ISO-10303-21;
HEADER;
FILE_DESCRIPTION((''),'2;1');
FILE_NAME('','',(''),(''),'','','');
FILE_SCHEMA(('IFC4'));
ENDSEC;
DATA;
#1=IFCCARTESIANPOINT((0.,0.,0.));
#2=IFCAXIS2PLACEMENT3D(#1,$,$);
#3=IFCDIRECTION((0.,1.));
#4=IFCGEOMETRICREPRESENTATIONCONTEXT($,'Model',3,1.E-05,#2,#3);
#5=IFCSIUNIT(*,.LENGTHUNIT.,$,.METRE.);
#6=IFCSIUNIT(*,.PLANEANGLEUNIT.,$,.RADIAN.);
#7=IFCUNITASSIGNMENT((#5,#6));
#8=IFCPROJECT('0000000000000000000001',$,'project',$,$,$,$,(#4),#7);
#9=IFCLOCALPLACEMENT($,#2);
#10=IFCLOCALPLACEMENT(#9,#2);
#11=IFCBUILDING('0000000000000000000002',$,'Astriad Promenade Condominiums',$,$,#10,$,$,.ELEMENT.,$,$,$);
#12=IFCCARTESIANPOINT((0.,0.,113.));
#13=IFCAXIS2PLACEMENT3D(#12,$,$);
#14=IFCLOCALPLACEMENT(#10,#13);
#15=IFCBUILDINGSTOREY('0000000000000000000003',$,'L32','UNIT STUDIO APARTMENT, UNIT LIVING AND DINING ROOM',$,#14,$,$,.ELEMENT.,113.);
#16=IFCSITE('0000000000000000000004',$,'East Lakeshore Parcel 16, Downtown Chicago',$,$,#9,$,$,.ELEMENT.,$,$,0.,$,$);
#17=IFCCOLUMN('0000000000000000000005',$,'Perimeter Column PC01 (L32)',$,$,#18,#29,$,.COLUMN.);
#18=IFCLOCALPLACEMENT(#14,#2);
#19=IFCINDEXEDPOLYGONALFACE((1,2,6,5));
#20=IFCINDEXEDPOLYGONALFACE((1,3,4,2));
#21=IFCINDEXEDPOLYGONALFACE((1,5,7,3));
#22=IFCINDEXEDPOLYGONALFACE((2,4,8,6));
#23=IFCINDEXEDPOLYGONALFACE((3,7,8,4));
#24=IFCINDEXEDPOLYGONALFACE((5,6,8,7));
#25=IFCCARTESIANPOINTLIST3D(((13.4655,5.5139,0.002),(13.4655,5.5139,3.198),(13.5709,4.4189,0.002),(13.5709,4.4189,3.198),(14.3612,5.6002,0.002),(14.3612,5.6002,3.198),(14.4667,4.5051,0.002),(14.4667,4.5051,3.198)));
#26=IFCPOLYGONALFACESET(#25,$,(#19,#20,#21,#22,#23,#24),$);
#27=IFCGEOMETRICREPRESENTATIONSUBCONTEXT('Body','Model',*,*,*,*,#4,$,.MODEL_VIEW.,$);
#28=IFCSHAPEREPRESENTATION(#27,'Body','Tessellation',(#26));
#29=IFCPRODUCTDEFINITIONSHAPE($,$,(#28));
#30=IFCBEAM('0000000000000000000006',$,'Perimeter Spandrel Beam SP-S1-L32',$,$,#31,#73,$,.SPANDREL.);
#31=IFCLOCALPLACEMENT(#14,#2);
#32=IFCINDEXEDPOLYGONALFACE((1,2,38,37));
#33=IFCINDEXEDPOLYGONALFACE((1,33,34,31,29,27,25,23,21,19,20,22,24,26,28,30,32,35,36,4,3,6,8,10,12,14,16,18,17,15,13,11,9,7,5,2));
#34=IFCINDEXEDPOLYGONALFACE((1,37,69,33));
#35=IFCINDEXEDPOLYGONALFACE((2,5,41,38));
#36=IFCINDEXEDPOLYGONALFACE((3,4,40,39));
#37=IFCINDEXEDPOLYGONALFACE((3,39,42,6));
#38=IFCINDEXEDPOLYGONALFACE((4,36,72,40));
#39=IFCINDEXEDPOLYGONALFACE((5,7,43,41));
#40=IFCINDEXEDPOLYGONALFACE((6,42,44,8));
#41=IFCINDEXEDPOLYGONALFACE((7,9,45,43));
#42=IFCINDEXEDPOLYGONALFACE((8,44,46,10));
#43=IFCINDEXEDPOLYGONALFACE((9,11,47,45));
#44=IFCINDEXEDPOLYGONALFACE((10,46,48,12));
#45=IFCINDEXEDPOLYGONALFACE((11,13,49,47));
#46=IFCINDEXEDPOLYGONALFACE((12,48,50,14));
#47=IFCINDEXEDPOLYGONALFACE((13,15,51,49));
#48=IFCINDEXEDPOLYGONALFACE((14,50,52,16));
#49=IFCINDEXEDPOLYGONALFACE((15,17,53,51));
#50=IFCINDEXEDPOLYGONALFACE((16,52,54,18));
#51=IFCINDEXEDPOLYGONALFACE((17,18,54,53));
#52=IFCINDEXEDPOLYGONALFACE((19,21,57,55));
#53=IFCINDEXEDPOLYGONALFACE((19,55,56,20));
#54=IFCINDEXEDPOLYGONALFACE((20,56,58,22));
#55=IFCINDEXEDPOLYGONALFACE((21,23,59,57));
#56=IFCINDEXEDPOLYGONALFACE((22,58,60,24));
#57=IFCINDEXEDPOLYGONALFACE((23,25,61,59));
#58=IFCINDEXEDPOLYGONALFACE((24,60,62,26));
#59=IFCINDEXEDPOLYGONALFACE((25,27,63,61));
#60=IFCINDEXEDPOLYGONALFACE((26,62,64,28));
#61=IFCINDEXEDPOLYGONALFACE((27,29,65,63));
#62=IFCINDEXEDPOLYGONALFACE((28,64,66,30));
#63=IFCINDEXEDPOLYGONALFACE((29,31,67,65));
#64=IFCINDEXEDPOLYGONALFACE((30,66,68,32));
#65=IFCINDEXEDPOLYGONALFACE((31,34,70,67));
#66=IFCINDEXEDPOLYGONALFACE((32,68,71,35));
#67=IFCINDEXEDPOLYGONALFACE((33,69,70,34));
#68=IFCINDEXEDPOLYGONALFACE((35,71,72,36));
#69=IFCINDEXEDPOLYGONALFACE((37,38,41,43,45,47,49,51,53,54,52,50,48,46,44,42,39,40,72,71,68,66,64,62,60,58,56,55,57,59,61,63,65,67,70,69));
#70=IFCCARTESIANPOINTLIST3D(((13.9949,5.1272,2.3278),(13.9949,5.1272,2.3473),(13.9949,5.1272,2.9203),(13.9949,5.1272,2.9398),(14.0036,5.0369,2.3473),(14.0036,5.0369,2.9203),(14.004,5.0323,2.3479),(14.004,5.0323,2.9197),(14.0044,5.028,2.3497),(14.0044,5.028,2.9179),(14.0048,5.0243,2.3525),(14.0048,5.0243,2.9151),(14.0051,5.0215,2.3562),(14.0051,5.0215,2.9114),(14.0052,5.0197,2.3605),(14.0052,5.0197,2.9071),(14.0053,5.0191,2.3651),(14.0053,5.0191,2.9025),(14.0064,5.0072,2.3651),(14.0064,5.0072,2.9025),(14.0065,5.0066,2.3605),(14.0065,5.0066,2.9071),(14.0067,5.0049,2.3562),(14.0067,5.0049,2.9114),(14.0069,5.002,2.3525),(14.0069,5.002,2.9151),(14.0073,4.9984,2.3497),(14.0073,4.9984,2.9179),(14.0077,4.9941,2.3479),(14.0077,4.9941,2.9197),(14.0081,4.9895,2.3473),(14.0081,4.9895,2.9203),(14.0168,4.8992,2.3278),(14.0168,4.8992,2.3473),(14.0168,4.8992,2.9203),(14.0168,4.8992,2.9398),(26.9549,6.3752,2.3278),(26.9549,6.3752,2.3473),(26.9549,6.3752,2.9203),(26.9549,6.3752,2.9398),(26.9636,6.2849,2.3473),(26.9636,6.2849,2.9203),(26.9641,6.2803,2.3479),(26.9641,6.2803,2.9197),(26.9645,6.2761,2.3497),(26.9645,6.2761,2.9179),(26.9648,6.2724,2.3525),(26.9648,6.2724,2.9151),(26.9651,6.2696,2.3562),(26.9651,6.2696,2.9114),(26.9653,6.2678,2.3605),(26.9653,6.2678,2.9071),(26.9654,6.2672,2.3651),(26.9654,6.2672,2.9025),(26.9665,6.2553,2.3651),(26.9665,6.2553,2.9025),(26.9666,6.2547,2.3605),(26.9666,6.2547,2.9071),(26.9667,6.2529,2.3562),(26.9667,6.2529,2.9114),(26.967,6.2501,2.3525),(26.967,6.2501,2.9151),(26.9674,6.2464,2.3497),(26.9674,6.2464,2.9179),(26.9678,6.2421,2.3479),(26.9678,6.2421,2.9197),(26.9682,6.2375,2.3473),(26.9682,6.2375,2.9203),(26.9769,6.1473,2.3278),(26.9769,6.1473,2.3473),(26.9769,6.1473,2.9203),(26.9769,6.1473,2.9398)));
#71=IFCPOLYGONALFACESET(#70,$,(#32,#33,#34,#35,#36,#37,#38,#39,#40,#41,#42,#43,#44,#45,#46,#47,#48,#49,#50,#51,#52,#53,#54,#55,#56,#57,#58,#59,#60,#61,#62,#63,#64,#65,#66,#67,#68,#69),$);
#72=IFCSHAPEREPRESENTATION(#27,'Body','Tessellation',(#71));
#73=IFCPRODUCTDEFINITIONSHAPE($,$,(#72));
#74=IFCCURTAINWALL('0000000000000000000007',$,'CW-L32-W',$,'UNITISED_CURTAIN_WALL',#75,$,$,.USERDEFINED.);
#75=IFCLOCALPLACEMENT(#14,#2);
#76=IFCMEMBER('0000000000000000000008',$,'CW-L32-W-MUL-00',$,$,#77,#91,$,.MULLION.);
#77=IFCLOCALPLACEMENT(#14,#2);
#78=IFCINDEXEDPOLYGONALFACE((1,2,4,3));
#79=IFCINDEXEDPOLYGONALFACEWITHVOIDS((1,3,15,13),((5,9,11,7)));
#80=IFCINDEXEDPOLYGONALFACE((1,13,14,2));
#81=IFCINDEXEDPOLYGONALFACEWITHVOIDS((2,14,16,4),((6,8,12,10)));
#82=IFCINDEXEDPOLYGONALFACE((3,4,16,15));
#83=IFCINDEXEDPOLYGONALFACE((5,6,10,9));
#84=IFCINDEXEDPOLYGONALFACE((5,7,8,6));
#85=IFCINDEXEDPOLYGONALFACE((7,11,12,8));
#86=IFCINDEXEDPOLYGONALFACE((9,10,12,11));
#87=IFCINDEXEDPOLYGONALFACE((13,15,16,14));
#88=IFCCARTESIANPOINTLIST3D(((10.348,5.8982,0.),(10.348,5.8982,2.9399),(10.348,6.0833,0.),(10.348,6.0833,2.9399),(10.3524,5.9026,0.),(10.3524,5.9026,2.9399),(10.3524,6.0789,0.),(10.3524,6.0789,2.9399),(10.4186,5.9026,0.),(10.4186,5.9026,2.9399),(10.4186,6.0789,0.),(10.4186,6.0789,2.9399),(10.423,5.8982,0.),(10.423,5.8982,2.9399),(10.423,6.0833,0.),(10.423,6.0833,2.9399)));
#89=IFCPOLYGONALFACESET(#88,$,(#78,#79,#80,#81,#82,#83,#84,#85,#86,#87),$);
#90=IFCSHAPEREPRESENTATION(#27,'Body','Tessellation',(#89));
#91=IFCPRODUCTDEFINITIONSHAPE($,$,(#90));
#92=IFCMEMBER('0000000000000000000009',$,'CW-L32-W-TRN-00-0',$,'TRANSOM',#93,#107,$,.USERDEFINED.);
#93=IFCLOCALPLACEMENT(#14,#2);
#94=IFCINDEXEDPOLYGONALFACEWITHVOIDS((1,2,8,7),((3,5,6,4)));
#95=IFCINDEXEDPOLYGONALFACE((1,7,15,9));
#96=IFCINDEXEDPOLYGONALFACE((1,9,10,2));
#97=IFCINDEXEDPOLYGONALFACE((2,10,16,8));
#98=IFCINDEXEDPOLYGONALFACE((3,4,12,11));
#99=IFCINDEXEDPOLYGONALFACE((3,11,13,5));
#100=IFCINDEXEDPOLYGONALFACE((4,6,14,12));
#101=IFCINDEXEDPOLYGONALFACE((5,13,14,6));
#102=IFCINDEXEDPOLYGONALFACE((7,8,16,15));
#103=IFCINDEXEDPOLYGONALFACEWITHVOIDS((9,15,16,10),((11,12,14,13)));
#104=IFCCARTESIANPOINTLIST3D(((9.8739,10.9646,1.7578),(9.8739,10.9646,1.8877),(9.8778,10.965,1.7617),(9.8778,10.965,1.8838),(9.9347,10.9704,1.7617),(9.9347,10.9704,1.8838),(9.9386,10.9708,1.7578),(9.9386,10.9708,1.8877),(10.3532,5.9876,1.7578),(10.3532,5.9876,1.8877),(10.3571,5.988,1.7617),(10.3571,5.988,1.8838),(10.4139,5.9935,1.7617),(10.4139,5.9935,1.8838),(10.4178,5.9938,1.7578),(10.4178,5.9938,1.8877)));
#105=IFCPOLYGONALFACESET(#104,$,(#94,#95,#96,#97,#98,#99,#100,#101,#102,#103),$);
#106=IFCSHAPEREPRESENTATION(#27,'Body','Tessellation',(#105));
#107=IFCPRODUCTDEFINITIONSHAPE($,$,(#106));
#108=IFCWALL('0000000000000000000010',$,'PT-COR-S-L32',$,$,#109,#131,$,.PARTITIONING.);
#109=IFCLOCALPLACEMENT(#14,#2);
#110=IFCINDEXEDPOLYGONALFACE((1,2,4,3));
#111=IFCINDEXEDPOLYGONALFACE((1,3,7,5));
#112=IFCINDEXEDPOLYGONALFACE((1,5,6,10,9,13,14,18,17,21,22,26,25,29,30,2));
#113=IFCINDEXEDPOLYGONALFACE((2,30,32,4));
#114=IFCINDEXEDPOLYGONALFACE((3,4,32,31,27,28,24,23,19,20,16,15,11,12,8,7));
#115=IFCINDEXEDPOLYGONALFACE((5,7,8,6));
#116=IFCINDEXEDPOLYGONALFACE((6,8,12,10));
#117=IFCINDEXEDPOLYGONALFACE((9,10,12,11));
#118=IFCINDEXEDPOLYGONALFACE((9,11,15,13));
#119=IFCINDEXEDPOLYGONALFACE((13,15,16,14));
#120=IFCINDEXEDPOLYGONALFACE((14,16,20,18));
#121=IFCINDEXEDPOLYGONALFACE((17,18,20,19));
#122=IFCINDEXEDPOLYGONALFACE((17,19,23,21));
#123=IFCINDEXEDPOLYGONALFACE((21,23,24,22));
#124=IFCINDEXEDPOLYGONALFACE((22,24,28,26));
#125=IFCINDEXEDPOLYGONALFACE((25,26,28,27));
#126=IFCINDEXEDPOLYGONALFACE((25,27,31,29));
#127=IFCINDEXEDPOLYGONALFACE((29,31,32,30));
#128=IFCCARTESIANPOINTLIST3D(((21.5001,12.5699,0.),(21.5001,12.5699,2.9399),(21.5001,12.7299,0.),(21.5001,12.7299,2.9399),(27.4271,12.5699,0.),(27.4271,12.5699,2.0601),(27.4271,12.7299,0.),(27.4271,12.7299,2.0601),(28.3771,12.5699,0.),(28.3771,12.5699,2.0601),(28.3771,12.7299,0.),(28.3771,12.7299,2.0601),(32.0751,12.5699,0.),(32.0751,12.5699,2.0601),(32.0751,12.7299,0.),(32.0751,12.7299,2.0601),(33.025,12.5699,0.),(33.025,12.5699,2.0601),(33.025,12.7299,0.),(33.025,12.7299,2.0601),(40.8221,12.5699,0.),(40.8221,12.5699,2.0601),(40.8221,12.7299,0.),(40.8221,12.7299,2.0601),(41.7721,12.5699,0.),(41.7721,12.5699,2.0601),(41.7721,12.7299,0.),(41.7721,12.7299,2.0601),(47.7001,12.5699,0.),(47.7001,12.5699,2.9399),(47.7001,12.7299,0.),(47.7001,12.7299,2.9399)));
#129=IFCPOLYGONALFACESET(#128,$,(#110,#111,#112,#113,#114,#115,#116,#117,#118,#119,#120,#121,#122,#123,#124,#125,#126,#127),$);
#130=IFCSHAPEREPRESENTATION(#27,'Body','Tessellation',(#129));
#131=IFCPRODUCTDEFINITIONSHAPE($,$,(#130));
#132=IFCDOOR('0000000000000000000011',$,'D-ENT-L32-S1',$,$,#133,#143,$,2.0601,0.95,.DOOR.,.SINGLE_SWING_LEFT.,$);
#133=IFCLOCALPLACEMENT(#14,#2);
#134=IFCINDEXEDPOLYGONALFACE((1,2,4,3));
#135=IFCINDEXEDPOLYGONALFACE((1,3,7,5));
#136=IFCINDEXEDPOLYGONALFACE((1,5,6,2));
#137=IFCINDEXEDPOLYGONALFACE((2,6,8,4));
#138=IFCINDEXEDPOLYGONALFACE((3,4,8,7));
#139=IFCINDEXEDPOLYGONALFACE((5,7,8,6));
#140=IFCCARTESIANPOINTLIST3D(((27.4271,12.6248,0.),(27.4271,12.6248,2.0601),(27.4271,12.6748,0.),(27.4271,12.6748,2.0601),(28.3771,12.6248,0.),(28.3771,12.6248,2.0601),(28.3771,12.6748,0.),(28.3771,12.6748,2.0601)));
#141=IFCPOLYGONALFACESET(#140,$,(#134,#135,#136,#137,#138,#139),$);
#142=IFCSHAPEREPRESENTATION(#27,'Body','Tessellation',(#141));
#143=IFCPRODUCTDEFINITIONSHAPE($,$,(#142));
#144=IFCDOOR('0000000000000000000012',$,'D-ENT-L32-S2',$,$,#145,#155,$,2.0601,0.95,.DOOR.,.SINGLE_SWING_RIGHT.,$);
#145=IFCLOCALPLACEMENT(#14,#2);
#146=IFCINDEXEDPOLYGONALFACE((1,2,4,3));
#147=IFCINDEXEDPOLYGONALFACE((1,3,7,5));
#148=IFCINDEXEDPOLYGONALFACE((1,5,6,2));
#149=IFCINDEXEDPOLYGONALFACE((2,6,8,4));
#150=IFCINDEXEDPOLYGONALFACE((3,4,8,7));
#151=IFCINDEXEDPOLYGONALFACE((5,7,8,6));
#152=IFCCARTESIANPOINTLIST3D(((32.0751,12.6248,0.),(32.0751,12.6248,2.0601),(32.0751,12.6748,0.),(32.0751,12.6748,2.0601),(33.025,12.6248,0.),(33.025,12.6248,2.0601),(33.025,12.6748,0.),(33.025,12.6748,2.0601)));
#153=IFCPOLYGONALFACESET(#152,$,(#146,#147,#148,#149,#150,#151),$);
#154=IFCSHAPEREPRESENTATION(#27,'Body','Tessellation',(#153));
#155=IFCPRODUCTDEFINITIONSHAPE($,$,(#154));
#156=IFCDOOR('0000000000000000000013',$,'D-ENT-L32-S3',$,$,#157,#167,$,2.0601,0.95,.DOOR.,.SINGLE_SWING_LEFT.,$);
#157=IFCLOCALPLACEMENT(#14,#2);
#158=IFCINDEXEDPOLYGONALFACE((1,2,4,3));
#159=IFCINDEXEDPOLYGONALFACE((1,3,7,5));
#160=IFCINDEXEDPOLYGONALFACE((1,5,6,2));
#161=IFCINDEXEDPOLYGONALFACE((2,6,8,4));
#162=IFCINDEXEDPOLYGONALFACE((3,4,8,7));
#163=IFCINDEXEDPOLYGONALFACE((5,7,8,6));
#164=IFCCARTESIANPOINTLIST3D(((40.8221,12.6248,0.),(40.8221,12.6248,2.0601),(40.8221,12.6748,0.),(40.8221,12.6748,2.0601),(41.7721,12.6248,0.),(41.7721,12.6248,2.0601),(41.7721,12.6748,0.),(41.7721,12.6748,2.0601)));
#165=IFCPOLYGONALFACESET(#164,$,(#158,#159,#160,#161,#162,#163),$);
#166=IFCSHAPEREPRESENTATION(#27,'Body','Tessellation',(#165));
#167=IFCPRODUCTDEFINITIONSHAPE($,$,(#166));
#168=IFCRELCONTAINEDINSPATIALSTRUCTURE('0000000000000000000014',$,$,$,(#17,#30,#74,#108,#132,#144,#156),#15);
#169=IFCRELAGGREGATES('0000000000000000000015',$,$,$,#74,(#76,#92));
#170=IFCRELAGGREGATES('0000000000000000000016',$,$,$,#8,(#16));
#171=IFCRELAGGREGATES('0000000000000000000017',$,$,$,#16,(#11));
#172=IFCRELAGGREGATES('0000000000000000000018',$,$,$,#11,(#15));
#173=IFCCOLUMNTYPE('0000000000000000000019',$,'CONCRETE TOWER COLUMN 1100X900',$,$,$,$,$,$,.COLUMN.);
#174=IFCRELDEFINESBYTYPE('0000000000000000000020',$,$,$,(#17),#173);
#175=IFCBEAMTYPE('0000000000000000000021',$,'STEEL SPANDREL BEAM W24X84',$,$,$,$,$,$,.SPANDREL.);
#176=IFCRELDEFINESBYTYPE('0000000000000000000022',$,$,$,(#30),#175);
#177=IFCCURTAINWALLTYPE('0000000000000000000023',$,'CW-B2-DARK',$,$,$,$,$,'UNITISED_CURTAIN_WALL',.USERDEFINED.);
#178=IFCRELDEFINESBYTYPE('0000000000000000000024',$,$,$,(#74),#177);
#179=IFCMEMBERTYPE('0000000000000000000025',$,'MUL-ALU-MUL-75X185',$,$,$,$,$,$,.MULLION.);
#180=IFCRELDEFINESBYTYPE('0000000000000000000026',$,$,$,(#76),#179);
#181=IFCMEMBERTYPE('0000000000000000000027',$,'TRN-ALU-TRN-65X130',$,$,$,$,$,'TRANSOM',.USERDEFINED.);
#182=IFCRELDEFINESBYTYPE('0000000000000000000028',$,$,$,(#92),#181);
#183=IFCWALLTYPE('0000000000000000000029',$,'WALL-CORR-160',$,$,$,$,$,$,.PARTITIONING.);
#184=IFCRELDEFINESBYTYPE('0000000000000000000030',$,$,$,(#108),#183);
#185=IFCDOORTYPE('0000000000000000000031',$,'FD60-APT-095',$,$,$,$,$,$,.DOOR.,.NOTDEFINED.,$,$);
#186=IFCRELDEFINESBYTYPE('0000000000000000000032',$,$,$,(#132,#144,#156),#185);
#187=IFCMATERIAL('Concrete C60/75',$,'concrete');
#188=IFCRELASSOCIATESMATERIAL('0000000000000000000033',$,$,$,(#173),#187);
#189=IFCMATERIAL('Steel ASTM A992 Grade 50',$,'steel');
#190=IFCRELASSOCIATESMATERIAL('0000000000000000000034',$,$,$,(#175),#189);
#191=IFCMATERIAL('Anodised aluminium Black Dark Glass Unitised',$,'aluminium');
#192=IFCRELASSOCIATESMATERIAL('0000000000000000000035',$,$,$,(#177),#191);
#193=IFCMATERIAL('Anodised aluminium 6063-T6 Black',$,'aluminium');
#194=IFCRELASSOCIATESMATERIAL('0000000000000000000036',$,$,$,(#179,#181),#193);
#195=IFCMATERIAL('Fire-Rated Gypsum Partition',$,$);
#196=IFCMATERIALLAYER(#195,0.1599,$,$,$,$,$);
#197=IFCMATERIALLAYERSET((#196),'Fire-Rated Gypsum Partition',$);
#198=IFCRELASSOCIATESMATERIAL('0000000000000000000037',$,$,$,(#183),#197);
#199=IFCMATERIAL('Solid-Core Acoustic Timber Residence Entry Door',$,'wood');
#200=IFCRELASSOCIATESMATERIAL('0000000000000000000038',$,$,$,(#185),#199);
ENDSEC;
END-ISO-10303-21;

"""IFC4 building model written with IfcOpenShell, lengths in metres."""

from ifc_helpers import new_model, si_unit, direction, frame, frame_2d, origin, origin_2d, place, context, subcontext, project, spatial, rectangle, hollow_rectangle, i_section, extrude, source, transform, mapped, material, layer, layer_set, material_profile, profile_set, type_object, type_shapes, element, fill, aggregate, save


model = new_model("IFC4")

# Units and contexts
model_context = context("Model", 3, precision=1e-05, world=origin(), true_north=direction((0.0, 1.0)))
body_context = subcontext(model_context, "Body", "Model", "MODEL_VIEW")
ifc_project = project(units=[si_unit("LENGTHUNIT", "METRE"), si_unit("PLANEANGLEUNIT", "RADIAN")], contexts=[model_context])

# Site, building, storey
site_placement = place(None, origin())
site = spatial("IfcSite", under=ifc_project, at=site_placement, Name="East Lakeshore Parcel 16, Downtown Chicago", CompositionType="ELEMENT", RefElevation=0.0)
building_placement = place(site_placement, origin())
building = spatial("IfcBuilding", under=site, at=building_placement, Name="Astriad Promenade Condominiums", CompositionType="ELEMENT")
storey_placement = place(building_placement, frame((0.0, 0.0, 113.0)))
storey = spatial("IfcBuildingStorey", under=building, at=storey_placement, Name="L32", Description="UNIT STUDIO APARTMENT, UNIT LIVING AND DINING ROOM", CompositionType="ELEMENT", Elevation=113.0)

# Column
ifc_material_1 = material(Name="Concrete C60/75", Category="concrete")
ifc_material_profile_1 = material_profile(ifc_material_1, rectangle(XDim=0.8999, YDim=1.1001, at=origin_2d()), Name="RC-COL-1100X900")
ifc_profile_set_1 = profile_set([ifc_material_profile_1], Name="Concrete C60/75")
column_type = type_object("IfcColumnType", Name="CONCRETE TOWER COLUMN 1100X900", PredefinedType="COLUMN", material=ifc_profile_set_1)
shared_shape_1 = source(origin(), body_context, "Body", "SweptSolid", [
    extrude(rectangle(XDim=0.8999, YDim=1.1001, at=origin_2d()), origin(), (0.0, 0.0, 1.0), 3.196),
])
type_shapes(column_type, [shared_shape_1])
column_placement = place(storey_placement, frame((13.9661, 5.0095, 0.002), z_axis=(0.0, 0.0, 1.0), x_axis=(0.995396, 0.095846, 0.0)))
element("IfcColumn", 1, at=column_placement, inside=storey, type_object=column_type, Name="Perimeter Column PC01 (L32)", PredefinedType="COLUMN", context=body_context, shape_type="MappedRepresentation", body=[
    mapped(shared_shape_1, transform((0.0, 0.0, 0.0), scale=1.0)),
])

# Beam
ifc_material_2 = material(Name="Steel ASTM A992 Grade 50", Category="steel")
ifc_material_profile_2 = material_profile(ifc_material_2, i_section(OverallWidth=0.229, OverallDepth=0.6121, WebThickness=0.012, FlangeThickness=0.0195, FilletRadius=0.0178, at=origin_2d()), Name="W24X84")
ifc_profile_set_2 = profile_set([ifc_material_profile_2], Name="Steel ASTM A992 Grade 50")
beam_type = type_object("IfcBeamType", Name="STEEL SPANDREL BEAM W24X84", PredefinedType="SPANDREL", material=ifc_profile_set_2)
shared_shape_2 = source(origin(), body_context, "Body", "SweptSolid", [
    extrude(i_section(OverallWidth=0.229, OverallDepth=0.6121, WebThickness=0.012, FlangeThickness=0.0195, FilletRadius=0.0178, at=origin_2d()), origin(), (0.0, 0.0, 1.0), 13.02),
])
type_shapes(beam_type, [shared_shape_2])
beam_placement = place(storey_placement, frame((14.0059, 5.0132, 2.6338), z_axis=(0.995395, 0.095857, 0.0), x_axis=(-0.095857, 0.995395, 0.0)))
element("IfcBeam", 2, at=beam_placement, inside=storey, type_object=beam_type, Name="Perimeter Spandrel Beam SP-S1-L32", PredefinedType="SPANDREL", context=body_context, shape_type="MappedRepresentation", body=[
    mapped(shared_shape_2, transform((0.0, 0.0, 0.0), scale=1.0)),
])

# Curtain wall, members
ifc_material_3 = material(Name="Anodised aluminium Black Dark Glass Unitised", Category="aluminium")
curtain_wall_type = type_object("IfcCurtainWallType", Name="CW-B2-DARK", ElementType="UNITISED_CURTAIN_WALL", PredefinedType="USERDEFINED", material=ifc_material_3)
curtain_wall_placement = place(storey_placement, origin())
curtain_wall = element("IfcCurtainWall", 3, at=curtain_wall_placement, inside=storey, type_object=curtain_wall_type, Name="CW-L32-W", ObjectType="UNITISED_CURTAIN_WALL", PredefinedType="USERDEFINED")
ifc_material_4 = material(Name="Anodised aluminium 6063-T6 Black", Category="aluminium")
ifc_material_profile_3 = material_profile(ifc_material_4, hollow_rectangle(XDim=0.075, YDim=0.1851, WallThickness=0.0044, at=origin_2d()), Name="ALU-MUL-75X185")
ifc_profile_set_3 = profile_set([ifc_material_profile_3], Name="Anodised aluminium 6063-T6 Black")
member_type_1 = type_object("IfcMemberType", Name="MUL-ALU-MUL-75X185", PredefinedType="MULLION", material=ifc_profile_set_3)
shared_shape_3 = source(origin(), body_context, "Body", "SweptSolid", [
    extrude(hollow_rectangle(XDim=0.075, YDim=0.1851, WallThickness=0.0044, at=origin_2d()), origin(), (0.0, 0.0, 1.0), 2.9399),
])
type_shapes(member_type_1, [shared_shape_3])
member_1_placement = place(storey_placement, frame((10.3855, 5.9907, 0.0), z_axis=(0.0, 0.0, 1.0), x_axis=(1.0, 0.0, 0.0)))
member_1 = element("IfcMember", 4, at=member_1_placement, type_object=member_type_1, Name="CW-L32-W-MUL-00", PredefinedType="MULLION", context=body_context, shape_type="MappedRepresentation", body=[
    mapped(shared_shape_3, transform((0.0, 0.0, 0.0), scale=1.0)),
])
ifc_material_profile_4 = material_profile(ifc_material_4, hollow_rectangle(XDim=0.0649, YDim=0.1299, WallThickness=0.0039, at=origin_2d()), Name="ALU-TRN-65X130")
ifc_profile_set_4 = profile_set([ifc_material_profile_4], Name="Anodised aluminium 6063-T6 Black")
member_type_2 = type_object("IfcMemberType", Name="TRN-ALU-TRN-65X130", ElementType="TRANSOM", PredefinedType="USERDEFINED", material=ifc_profile_set_4)
shared_shape_4 = source(origin(), body_context, "Body", "SweptSolid", [
    extrude(hollow_rectangle(XDim=0.0649, YDim=0.1299, WallThickness=0.0039, at=origin_2d()), origin(), (0.0, 0.0, 1.0), 5.0),
])
type_shapes(member_type_2, [shared_shape_4])
member_2_placement = place(storey_placement, frame((10.3855, 5.9907, 1.8228), z_axis=(-0.095848, 0.995396, 0.0), x_axis=(-0.995396, -0.095848, 0.0)))
member_2 = element("IfcMember", 5, at=member_2_placement, type_object=member_type_2, Name="CW-L32-W-TRN-00-0", ObjectType="TRANSOM", PredefinedType="USERDEFINED", context=body_context, shape_type="MappedRepresentation", body=[
    mapped(shared_shape_4, transform((0.0, 0.0, 0.0), scale=1.0)),
])
aggregate(curtain_wall, [member_1, member_2])

# Wall, openings, doors
ifc_material_5 = material(Name="Fire-Rated Gypsum Partition")
ifc_layer_1 = layer(ifc_material_5, 0.1599)
ifc_layer_set_1 = layer_set([ifc_layer_1], Name="Fire-Rated Gypsum Partition")
wall_type_1 = type_object("IfcWallType", Name="WALL-CORR-160", PredefinedType="PARTITIONING", material=ifc_layer_set_1)
wall_1_placement = place(storey_placement, frame((21.5, 12.6499, 0.0), z_axis=(0.0, 0.0, 1.0), x_axis=(1.0, 0.0, 0.0)))
wall_1 = element("IfcWall", 6, at=wall_1_placement, inside=storey, type_object=wall_type_1, Name="PT-COR-S-L32", PredefinedType="PARTITIONING", context=body_context, shape_type="SweptSolid", body=[
    extrude(rectangle(XDim=26.2, YDim=0.1599, at=frame_2d((13.1001, 0.0))), origin(), (0.0, 0.0, 1.0), 2.9399),
])
opening_1_placement = place(wall_1_placement, frame((5.927, 0.0, 0.0)))
opening_1 = element("IfcOpeningElement", 7, at=opening_1_placement, cuts=wall_1, PredefinedType="OPENING", context=body_context, shape_type="SweptSolid", body=[
    extrude(rectangle(XDim=0.95, YDim=2.0601, at=frame_2d((0.4751, 1.03))), frame((0.0, 0.0898, 0.0), z_axis=(0.0, -1.0, 0.0), x_axis=(1.0, 0.0, 0.0)), (0.0, 0.0, 1.0), 0.1799),
])
opening_2_placement = place(wall_1_placement, frame((10.575, 0.0, 0.0)))
opening_2 = element("IfcOpeningElement", 8, at=opening_2_placement, cuts=wall_1, PredefinedType="OPENING", context=body_context, shape_type="SweptSolid", body=[
    extrude(rectangle(XDim=0.95, YDim=2.0601, at=frame_2d((0.4751, 1.03))), frame((0.0, 0.0898, 0.0), z_axis=(0.0, -1.0, 0.0), x_axis=(1.0, 0.0, 0.0)), (0.0, 0.0, 1.0), 0.1799),
])
opening_3_placement = place(wall_1_placement, frame((19.322, 0.0, 0.0)))
opening_3 = element("IfcOpeningElement", 9, at=opening_3_placement, cuts=wall_1, PredefinedType="OPENING", context=body_context, shape_type="SweptSolid", body=[
    extrude(rectangle(XDim=0.95, YDim=2.0601, at=frame_2d((0.4751, 1.03))), frame((0.0, 0.0898, 0.0), z_axis=(0.0, -1.0, 0.0), x_axis=(1.0, 0.0, 0.0)), (0.0, 0.0, 1.0), 0.1799),
])
ifc_material_6 = material(Name="Solid-Core Acoustic Timber Residence Entry Door", Category="wood")
door_type_1 = type_object("IfcDoorType", Name="FD60-APT-095", OperationType="NOTDEFINED", PredefinedType="DOOR", material=ifc_material_6)
shared_shape_5 = source(origin(), body_context, "Body", "SweptSolid", [
    extrude(rectangle(XDim=0.95, YDim=2.0601, at=frame_2d((0.4751, 1.03))), frame((0.0, 0.0249, 0.0), z_axis=(0.0, -1.0, 0.0), x_axis=(1.0, 0.0, 0.0)), (0.0, 0.0, 1.0), 0.05),
])
type_shapes(door_type_1, [shared_shape_5])
door_1_placement = place(opening_1_placement, origin())
door_1 = element("IfcDoor", 10, at=door_1_placement, inside=storey, type_object=door_type_1, Name="D-ENT-L32-S1", OperationType="SINGLE_SWING_LEFT", OverallHeight=2.0601, OverallWidth=0.95, PredefinedType="DOOR", context=body_context, shape_type="MappedRepresentation", body=[
    mapped(shared_shape_5, transform((0.0, 0.0, 0.0), scale=1.0)),
])
fill(opening_1, door_1)
door_2_placement = place(opening_2_placement, origin())
door_2 = element("IfcDoor", 11, at=door_2_placement, inside=storey, type_object=door_type_1, Name="D-ENT-L32-S2", OperationType="SINGLE_SWING_RIGHT", OverallHeight=2.0601, OverallWidth=0.95, PredefinedType="DOOR", context=body_context, shape_type="MappedRepresentation", body=[
    mapped(shared_shape_5, transform((0.0, 0.0, 0.0), scale=1.0)),
])
fill(opening_2, door_2)
door_3_placement = place(opening_3_placement, origin())
door_3 = element("IfcDoor", 12, at=door_3_placement, inside=storey, type_object=door_type_1, Name="D-ENT-L32-S3", OperationType="SINGLE_SWING_LEFT", OverallHeight=2.0601, OverallWidth=0.95, PredefinedType="DOOR", context=body_context, shape_type="MappedRepresentation", body=[
    mapped(shared_shape_5, transform((0.0, 0.0, 0.0), scale=1.0)),
])
fill(opening_3, door_3)

save(model, "model.ifc")
